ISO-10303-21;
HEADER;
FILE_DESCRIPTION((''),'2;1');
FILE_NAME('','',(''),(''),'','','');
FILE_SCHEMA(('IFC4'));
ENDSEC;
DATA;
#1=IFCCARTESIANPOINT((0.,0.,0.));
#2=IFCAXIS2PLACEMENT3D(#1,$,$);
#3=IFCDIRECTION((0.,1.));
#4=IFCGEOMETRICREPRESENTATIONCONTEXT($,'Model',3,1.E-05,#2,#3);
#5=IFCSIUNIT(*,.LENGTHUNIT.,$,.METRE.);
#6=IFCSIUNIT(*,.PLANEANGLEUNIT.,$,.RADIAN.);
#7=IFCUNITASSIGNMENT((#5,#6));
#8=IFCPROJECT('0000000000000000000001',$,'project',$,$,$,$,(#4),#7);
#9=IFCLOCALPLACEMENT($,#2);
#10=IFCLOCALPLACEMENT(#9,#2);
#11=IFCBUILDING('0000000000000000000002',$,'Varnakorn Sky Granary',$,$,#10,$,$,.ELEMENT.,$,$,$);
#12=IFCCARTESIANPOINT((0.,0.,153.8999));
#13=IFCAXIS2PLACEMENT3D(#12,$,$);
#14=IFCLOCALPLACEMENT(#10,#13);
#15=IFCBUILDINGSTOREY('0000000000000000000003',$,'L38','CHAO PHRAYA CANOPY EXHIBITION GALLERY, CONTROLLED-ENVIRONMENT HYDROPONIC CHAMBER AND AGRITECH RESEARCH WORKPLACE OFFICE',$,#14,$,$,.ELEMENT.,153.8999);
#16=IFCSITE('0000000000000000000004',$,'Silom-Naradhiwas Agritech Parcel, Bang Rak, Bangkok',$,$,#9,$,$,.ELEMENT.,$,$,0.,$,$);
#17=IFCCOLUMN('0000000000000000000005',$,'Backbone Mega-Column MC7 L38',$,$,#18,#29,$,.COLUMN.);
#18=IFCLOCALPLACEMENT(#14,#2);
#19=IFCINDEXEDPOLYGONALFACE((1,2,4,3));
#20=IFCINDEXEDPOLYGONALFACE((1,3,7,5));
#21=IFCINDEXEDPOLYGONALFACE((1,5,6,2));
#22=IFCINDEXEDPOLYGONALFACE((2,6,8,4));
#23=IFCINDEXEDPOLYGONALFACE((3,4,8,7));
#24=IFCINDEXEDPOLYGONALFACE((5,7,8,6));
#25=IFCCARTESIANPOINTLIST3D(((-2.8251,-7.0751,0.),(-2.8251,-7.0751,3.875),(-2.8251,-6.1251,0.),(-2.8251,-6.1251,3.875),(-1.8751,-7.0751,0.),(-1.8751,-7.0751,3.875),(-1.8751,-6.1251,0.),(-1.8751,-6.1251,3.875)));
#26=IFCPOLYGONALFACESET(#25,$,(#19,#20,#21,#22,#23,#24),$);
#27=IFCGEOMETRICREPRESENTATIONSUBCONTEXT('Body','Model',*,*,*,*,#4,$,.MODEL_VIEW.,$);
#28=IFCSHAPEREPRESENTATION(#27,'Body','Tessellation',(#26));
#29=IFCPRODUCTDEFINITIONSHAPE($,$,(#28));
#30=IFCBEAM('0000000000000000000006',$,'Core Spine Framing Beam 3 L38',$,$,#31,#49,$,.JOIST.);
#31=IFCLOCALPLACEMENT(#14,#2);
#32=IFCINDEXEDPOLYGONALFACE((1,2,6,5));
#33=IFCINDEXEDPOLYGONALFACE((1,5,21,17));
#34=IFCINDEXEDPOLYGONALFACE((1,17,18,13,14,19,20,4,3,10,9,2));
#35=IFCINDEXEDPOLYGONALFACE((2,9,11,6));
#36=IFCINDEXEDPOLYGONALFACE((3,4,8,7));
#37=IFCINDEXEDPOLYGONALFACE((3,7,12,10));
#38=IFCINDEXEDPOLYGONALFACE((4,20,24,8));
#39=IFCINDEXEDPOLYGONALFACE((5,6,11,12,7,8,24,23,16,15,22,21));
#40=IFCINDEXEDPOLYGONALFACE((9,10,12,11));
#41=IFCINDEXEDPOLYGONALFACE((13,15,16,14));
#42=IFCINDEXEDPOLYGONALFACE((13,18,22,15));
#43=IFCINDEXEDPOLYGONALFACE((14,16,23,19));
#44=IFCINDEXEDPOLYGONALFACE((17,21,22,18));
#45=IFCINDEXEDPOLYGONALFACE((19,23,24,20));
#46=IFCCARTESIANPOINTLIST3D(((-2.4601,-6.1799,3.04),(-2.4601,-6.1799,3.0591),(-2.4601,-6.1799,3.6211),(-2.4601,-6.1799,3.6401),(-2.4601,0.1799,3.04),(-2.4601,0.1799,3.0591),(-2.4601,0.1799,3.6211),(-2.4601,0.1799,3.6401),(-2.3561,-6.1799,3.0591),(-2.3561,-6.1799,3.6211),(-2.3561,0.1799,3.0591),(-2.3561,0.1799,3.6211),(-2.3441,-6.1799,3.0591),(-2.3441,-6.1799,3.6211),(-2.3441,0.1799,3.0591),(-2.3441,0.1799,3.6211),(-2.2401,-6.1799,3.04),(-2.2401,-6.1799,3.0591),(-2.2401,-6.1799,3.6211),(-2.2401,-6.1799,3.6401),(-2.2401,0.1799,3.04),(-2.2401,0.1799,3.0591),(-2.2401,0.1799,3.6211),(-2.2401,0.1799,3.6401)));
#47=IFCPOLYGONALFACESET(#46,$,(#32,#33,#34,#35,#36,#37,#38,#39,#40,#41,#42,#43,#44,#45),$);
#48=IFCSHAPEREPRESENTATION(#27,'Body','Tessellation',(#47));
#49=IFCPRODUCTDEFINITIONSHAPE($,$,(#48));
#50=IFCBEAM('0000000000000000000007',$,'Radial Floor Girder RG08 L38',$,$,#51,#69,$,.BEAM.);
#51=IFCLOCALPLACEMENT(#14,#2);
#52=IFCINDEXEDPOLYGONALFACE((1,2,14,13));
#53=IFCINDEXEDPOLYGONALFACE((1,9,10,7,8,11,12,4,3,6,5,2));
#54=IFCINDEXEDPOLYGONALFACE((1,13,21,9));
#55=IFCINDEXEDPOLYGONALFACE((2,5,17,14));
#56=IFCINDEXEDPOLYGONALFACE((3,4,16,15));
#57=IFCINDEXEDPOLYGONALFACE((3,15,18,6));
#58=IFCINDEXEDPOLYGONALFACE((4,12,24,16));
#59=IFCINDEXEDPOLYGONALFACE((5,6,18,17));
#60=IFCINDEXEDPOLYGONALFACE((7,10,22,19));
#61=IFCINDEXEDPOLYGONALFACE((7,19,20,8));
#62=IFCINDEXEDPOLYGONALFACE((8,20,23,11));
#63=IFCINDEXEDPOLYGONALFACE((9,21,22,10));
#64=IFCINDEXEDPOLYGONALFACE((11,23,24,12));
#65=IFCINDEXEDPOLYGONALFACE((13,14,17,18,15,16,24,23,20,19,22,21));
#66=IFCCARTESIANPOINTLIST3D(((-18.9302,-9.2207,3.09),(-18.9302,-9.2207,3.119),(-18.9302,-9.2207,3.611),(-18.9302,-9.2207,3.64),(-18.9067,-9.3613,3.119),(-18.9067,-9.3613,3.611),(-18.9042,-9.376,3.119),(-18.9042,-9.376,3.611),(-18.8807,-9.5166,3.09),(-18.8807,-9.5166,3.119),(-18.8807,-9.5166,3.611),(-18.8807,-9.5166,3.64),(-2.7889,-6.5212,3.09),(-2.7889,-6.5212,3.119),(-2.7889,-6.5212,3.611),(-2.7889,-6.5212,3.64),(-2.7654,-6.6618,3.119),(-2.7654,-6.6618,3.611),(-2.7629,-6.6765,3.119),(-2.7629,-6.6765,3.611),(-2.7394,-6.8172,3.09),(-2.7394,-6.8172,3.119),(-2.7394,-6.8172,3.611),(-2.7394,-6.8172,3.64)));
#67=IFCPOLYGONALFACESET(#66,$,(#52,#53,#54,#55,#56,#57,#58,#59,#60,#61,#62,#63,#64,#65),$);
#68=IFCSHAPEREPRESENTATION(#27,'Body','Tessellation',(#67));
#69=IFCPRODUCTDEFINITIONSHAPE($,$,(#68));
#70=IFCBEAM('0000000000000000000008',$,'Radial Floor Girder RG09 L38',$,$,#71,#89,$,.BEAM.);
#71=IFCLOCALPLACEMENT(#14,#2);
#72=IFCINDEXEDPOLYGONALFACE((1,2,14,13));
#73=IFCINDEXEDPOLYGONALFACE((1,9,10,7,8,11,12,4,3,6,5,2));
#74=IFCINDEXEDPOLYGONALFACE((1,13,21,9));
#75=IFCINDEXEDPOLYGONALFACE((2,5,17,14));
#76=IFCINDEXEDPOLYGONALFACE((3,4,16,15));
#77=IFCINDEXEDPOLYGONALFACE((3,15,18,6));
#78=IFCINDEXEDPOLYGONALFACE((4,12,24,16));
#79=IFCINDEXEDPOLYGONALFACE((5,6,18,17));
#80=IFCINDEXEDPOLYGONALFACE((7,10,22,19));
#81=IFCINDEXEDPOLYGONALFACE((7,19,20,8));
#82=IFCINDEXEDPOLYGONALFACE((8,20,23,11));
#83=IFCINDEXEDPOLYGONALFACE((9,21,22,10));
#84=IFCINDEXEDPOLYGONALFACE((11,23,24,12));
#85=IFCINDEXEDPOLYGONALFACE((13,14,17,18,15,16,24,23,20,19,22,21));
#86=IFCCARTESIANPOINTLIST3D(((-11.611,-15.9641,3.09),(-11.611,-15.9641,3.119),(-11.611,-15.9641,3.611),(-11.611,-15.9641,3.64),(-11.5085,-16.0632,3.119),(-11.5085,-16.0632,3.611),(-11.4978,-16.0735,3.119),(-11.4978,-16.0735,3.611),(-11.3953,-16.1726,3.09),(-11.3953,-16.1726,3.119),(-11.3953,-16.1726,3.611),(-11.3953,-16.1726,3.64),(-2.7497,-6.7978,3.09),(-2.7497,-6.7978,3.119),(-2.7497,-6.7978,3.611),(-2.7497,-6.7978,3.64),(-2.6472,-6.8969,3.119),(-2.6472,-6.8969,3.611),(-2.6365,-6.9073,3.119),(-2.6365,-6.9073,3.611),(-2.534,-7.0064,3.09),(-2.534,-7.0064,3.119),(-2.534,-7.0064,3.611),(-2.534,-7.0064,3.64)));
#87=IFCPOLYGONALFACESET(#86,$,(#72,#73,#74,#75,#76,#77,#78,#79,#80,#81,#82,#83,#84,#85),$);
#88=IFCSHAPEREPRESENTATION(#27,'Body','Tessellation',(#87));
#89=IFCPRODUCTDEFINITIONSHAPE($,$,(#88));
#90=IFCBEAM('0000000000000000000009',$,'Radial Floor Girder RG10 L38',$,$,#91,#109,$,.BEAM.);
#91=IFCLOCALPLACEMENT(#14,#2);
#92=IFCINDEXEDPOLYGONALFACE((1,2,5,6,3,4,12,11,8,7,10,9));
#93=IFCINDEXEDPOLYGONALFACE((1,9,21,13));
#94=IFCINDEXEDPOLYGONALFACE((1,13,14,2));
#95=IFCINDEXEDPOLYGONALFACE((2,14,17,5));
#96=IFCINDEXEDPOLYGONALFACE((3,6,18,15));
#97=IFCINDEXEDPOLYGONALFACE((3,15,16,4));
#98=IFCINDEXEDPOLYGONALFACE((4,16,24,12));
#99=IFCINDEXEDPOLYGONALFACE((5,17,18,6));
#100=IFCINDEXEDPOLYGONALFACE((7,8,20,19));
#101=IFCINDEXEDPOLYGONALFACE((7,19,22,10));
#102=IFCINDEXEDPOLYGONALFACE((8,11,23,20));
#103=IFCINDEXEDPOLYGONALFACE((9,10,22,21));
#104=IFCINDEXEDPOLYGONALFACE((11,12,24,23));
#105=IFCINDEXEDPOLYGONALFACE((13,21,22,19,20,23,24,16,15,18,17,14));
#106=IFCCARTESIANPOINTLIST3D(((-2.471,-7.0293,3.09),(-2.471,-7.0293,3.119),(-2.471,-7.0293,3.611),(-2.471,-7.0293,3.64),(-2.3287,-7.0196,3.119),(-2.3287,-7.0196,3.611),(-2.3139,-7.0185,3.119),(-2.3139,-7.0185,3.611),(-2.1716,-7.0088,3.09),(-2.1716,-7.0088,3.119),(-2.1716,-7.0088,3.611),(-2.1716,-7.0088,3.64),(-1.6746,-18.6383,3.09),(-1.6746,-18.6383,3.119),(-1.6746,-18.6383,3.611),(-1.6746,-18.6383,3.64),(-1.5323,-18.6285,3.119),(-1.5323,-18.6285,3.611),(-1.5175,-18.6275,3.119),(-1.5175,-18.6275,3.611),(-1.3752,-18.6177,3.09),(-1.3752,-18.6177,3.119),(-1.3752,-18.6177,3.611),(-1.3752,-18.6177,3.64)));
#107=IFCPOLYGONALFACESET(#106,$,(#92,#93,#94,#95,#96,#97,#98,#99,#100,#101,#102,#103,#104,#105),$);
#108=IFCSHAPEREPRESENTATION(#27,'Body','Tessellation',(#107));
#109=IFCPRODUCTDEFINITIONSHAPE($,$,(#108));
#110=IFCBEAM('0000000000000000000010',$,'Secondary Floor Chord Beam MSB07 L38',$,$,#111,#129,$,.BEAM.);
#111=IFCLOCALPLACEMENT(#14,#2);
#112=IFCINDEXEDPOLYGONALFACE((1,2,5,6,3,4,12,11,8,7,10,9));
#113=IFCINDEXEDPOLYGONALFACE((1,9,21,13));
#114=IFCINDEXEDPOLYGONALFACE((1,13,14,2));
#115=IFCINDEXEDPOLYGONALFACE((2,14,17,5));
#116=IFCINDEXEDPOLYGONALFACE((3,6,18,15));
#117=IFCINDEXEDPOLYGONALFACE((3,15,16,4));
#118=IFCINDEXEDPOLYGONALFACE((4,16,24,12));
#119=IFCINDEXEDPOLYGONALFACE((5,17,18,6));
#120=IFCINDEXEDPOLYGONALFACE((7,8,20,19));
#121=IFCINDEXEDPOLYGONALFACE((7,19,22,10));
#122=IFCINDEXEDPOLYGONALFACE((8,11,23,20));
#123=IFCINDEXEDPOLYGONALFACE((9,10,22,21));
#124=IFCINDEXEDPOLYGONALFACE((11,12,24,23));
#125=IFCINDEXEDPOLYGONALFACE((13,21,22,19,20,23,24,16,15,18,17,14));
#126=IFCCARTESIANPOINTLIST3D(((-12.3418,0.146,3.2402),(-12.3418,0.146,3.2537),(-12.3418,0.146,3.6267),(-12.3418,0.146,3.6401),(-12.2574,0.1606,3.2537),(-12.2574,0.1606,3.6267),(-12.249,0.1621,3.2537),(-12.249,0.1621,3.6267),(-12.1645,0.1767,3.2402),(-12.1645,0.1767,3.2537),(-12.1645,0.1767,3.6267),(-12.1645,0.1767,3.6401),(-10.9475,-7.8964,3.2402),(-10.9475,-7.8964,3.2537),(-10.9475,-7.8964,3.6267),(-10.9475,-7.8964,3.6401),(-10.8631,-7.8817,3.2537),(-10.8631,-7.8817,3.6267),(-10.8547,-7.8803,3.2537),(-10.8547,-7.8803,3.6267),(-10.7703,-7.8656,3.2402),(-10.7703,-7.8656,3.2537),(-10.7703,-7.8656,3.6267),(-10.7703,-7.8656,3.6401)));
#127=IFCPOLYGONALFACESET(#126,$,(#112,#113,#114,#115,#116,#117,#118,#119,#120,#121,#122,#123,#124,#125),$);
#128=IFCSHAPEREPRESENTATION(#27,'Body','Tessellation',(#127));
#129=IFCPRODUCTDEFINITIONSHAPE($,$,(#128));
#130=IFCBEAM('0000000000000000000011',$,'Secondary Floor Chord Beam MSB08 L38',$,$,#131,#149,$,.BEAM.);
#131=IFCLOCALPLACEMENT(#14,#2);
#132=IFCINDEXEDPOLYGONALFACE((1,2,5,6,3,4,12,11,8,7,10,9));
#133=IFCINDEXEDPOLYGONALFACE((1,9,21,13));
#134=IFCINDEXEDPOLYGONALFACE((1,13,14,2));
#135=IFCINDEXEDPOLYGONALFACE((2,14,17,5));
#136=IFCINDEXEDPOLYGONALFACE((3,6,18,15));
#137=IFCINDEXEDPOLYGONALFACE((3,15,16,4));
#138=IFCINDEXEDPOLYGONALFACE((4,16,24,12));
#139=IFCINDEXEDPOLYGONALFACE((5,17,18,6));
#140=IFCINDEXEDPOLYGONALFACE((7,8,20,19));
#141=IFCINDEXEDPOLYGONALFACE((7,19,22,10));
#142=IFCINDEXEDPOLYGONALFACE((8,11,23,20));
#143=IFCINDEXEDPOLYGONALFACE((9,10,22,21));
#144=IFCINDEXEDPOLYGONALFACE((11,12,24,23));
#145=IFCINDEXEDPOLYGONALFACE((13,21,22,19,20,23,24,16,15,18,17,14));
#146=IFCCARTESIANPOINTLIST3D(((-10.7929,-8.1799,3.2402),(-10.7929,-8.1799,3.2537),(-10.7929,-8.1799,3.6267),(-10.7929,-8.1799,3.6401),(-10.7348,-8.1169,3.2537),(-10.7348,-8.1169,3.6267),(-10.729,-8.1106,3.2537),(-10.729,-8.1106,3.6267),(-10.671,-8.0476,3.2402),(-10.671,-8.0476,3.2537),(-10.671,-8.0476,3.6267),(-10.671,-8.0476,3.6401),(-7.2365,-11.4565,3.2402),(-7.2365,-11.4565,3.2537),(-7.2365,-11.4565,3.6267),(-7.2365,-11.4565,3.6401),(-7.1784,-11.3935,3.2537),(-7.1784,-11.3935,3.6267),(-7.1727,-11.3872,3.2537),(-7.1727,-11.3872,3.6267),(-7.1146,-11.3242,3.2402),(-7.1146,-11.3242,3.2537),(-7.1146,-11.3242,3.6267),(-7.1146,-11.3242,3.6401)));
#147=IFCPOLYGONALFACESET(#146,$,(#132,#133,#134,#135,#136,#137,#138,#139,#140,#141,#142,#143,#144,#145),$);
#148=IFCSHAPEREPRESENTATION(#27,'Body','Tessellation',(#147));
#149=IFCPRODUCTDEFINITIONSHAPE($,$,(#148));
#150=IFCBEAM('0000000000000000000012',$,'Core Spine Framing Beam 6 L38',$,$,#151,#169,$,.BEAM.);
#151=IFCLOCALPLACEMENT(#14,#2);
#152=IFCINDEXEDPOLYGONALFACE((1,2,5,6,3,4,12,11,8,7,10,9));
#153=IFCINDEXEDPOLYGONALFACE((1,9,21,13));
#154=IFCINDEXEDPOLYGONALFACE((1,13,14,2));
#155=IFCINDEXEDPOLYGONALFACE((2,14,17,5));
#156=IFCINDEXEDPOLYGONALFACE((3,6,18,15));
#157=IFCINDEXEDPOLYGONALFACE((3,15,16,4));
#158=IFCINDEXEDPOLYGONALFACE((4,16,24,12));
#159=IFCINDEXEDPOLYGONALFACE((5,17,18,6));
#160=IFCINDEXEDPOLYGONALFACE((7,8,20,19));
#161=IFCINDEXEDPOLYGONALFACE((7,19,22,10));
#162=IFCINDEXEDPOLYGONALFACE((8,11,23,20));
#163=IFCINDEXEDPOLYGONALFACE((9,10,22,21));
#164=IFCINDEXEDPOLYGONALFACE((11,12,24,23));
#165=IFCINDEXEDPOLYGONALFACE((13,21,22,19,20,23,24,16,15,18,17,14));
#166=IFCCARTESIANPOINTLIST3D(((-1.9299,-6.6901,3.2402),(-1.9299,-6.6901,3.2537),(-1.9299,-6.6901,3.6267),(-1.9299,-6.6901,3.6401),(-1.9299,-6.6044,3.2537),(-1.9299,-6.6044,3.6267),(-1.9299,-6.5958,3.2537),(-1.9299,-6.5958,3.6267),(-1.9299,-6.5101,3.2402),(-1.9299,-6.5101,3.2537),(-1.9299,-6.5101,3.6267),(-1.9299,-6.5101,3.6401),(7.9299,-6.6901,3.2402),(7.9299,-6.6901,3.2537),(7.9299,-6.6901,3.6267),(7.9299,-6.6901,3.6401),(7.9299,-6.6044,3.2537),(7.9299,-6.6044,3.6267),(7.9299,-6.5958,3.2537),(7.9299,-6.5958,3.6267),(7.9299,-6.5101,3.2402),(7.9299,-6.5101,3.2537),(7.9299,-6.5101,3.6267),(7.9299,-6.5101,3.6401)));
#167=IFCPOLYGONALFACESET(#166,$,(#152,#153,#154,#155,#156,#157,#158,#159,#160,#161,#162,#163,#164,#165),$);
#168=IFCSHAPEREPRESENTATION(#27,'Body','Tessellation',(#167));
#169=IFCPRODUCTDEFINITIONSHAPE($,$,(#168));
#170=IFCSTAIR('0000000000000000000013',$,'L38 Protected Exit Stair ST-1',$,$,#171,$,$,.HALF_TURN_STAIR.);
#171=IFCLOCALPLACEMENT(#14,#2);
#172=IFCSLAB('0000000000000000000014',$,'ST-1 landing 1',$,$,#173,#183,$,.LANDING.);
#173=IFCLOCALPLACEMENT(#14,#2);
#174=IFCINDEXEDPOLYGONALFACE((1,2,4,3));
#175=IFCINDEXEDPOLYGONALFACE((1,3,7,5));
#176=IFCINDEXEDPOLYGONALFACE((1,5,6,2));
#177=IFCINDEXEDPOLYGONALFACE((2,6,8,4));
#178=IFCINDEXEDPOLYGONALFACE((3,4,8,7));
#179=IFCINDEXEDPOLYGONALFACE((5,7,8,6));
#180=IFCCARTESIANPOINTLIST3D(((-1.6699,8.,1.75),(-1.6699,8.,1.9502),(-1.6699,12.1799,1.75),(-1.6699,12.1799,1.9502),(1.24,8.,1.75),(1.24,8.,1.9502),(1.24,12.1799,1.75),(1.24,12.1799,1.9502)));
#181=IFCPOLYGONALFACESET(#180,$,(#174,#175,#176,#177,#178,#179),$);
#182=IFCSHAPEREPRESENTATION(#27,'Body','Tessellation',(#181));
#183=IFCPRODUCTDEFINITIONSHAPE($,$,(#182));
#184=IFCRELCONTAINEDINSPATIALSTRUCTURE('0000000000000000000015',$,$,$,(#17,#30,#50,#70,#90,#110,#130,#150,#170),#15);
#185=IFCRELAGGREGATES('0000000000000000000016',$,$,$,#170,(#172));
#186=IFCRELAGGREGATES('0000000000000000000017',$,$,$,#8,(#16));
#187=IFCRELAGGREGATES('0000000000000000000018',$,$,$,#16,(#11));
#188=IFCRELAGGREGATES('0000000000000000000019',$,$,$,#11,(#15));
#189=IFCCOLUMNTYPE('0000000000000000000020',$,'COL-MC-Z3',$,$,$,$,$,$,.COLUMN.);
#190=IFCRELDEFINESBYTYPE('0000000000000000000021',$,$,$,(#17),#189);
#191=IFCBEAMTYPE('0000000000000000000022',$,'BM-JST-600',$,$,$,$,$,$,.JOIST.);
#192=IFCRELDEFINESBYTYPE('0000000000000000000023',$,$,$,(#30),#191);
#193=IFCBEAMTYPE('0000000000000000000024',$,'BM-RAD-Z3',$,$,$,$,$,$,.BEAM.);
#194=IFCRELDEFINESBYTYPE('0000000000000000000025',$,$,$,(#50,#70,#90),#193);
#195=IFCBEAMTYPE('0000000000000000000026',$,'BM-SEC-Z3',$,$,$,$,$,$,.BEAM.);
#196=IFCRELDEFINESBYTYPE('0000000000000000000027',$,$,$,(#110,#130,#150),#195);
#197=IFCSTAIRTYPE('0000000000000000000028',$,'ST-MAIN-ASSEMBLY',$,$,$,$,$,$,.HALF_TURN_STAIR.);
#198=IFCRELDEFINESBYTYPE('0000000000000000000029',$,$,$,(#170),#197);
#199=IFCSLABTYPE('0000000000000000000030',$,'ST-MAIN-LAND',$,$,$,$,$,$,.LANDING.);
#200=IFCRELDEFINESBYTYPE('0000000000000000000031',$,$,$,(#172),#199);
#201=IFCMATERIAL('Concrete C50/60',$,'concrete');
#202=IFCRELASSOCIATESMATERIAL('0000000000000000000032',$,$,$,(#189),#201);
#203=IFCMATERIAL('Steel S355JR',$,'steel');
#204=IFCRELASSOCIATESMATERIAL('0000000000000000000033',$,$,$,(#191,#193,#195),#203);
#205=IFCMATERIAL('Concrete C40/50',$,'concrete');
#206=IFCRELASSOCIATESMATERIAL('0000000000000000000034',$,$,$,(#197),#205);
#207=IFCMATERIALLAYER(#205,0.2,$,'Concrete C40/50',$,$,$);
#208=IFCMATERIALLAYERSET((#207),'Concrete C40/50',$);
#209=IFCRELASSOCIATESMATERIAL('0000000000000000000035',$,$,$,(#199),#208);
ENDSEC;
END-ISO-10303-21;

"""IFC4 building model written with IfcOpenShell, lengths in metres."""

from ifc_helpers import new_model, si_unit, direction, frame, origin, origin_2d, place, context, subcontext, project, spatial, polyline, rectangle, i_section, outline, extrude, material, layer, layer_set, material_profile, profile_set, type_object, element, aggregate, save


model = new_model("IFC4")

# Units and contexts
model_context = context("Model", 3, precision=1e-05, world=origin(), true_north=direction((0.0, 1.0)))
body_context = subcontext(model_context, "Body", "Model", "MODEL_VIEW")
ifc_project = project(units=[si_unit("LENGTHUNIT", "METRE"), si_unit("PLANEANGLEUNIT", "RADIAN")], contexts=[model_context])

# Site, building, storey
site_placement = place(None, origin())
site = spatial("IfcSite", under=ifc_project, at=site_placement, Name="Silom-Naradhiwas Agritech Parcel, Bang Rak, Bangkok", CompositionType="ELEMENT", RefElevation=0.0)
building_placement = place(site_placement, origin())
building = spatial("IfcBuilding", under=site, at=building_placement, Name="Varnakorn Sky Granary", CompositionType="ELEMENT")
storey_placement = place(building_placement, frame((0.0, 0.0, 153.8999)))
storey = spatial("IfcBuildingStorey", under=building, at=storey_placement, Name="L38", Description="CHAO PHRAYA CANOPY EXHIBITION GALLERY, CONTROLLED-ENVIRONMENT HYDROPONIC CHAMBER AND AGRITECH RESEARCH WORKPLACE OFFICE", CompositionType="ELEMENT", Elevation=153.8999)

# Column
ifc_material_1 = material(Name="Concrete C50/60", Category="concrete")
ifc_material_profile_1 = material_profile(ifc_material_1, rectangle(XDim=0.95, YDim=0.95, at=origin_2d()), Name="RC 950x950")
ifc_profile_set_1 = profile_set([ifc_material_profile_1], Name="Concrete C50/60")
column_type = type_object("IfcColumnType", Name="COL-MC-Z3", PredefinedType="COLUMN", material=ifc_profile_set_1)
column_placement = place(storey_placement, frame((-2.3501, -6.6001, 0.0), z_axis=(0.0, 0.0, 1.0), x_axis=(1.0, 0.0, 0.0)))
element("IfcColumn", 1, at=column_placement, inside=storey, type_object=column_type, Name="Backbone Mega-Column MC7 L38", PredefinedType="COLUMN", context=body_context, shape_type="SweptSolid", body=[
    extrude(rectangle(XDim=0.95, YDim=0.95, at=origin_2d()), origin(), (0.0, 0.0, 1.0), 3.875),
])

# Beams
ifc_material_2 = material(Name="Steel S355JR", Category="steel")
ifc_material_profile_2 = material_profile(ifc_material_2, i_section(OverallWidth=0.22, OverallDepth=0.6001, WebThickness=0.012, FlangeThickness=0.019, at=origin_2d()), Name="IPE 600")
ifc_profile_set_2 = profile_set([ifc_material_profile_2], Name="Steel S355JR")
beam_type_1 = type_object("IfcBeamType", Name="BM-JST-600", PredefinedType="JOIST", material=ifc_profile_set_2)
beam_1_placement = place(storey_placement, frame((-2.3501, 0.1799, 3.3401), z_axis=(0.0, -1.0, 0.0), x_axis=(1.0, 0.0, 0.0)))
element("IfcBeam", 2, at=beam_1_placement, inside=storey, type_object=beam_type_1, Name="Core Spine Framing Beam 3 L38", PredefinedType="JOIST", context=body_context, shape_type="SweptSolid", body=[
    extrude(i_section(OverallWidth=0.22, OverallDepth=0.6001, WebThickness=0.012, FlangeThickness=0.019, at=origin_2d()), origin(), (0.0, 0.0, 1.0), 6.3599),
])
ifc_material_profile_3 = material_profile(ifc_material_2, i_section(OverallWidth=0.3, OverallDepth=0.55, WebThickness=0.0149, FlangeThickness=0.0291, at=origin_2d()), Name="HE 550 B")
ifc_profile_set_3 = profile_set([ifc_material_profile_3], Name="Steel S355JR")
beam_type_2 = type_object("IfcBeamType", Name="BM-RAD-Z3", PredefinedType="BEAM", material=ifc_profile_set_3)
beam_2_placement = place(storey_placement, frame((-2.7642, -6.6692, 3.365), z_axis=(-0.986302, -0.164948, 0.0), x_axis=(0.164948, -0.986302, 0.0)))
element("IfcBeam", 3, at=beam_2_placement, inside=storey, type_object=beam_type_2, Name="Radial Floor Girder RG08 L38", PredefinedType="BEAM", context=body_context, shape_type="SweptSolid", body=[
    extrude(i_section(OverallWidth=0.3, OverallDepth=0.55, WebThickness=0.0149, FlangeThickness=0.0291, at=origin_2d()), origin(), (0.0, 0.0, 1.0), 16.3655),
])
beam_3_placement = place(storey_placement, frame((-2.6418, -6.9021, 3.365), z_axis=(-0.695047, -0.718964, 0.0), x_axis=(0.718964, -0.695047, 0.0)))
element("IfcBeam", 4, at=beam_3_placement, inside=storey, type_object=beam_type_2, Name="Radial Floor Girder RG09 L38", PredefinedType="BEAM", context=body_context, shape_type="SweptSolid", body=[
    extrude(i_section(OverallWidth=0.3, OverallDepth=0.55, WebThickness=0.0149, FlangeThickness=0.0291, at=origin_2d()), origin(), (0.0, 0.0, 1.0), 12.7493),
])
beam_4_placement = place(storey_placement, frame((-2.3213, -7.019, 3.365), z_axis=(0.068441, -0.997655, 0.0), x_axis=(0.997655, 0.068441, 0.0)))
element("IfcBeam", 5, at=beam_4_placement, inside=storey, type_object=beam_type_2, Name="Radial Floor Girder RG10 L38", PredefinedType="BEAM", context=body_context, shape_type="SweptSolid", body=[
    extrude(i_section(OverallWidth=0.3, OverallDepth=0.55, WebThickness=0.0149, FlangeThickness=0.0291, at=origin_2d()), origin(), (0.0, 0.0, 1.0), 11.6362),
])
ifc_material_profile_4 = material_profile(ifc_material_2, i_section(OverallWidth=0.1799, OverallDepth=0.3999, WebThickness=0.0085, FlangeThickness=0.0134, at=origin_2d()), Name="IPE 400")
ifc_profile_set_4 = profile_set([ifc_material_profile_4], Name="Steel S355JR")
beam_type_3 = type_object("IfcBeamType", Name="BM-SEC-Z3", PredefinedType="BEAM", material=ifc_profile_set_4)
beam_5_placement = place(storey_placement, frame((-12.2532, 0.1614, 3.4402), z_axis=(0.170817, -0.985303, 0.0), x_axis=(0.985303, 0.170817, 0.0)))
element("IfcBeam", 6, at=beam_5_placement, inside=storey, type_object=beam_type_3, Name="Secondary Floor Chord Beam MSB07 L38", PredefinedType="BEAM", context=body_context, shape_type="SweptSolid", body=[
    extrude(i_section(OverallWidth=0.1799, OverallDepth=0.3999, WebThickness=0.0085, FlangeThickness=0.0134, at=origin_2d()), origin(), (0.0, 0.0, 1.0), 8.1624),
])
beam_6_placement = place(storey_placement, frame((-10.7319, -8.1138, 3.4402), z_axis=(0.735444, -0.677586, 0.0), x_axis=(0.677586, 0.735444, 0.0)))
element("IfcBeam", 7, at=beam_6_placement, inside=storey, type_object=beam_type_3, Name="Secondary Floor Chord Beam MSB08 L38", PredefinedType="BEAM", context=body_context, shape_type="SweptSolid", body=[
    extrude(i_section(OverallWidth=0.1799, OverallDepth=0.3999, WebThickness=0.0085, FlangeThickness=0.0134, at=origin_2d()), origin(), (0.0, 0.0, 1.0), 4.8357),
])
beam_7_placement = place(storey_placement, frame((-1.9299, -6.6001, 3.4402), z_axis=(1.0, 0.0, 0.0), x_axis=(0.0, 1.0, 0.0)))
element("IfcBeam", 8, at=beam_7_placement, inside=storey, type_object=beam_type_3, Name="Core Spine Framing Beam 6 L38", PredefinedType="BEAM", context=body_context, shape_type="SweptSolid", body=[
    extrude(i_section(OverallWidth=0.1799, OverallDepth=0.3999, WebThickness=0.0085, FlangeThickness=0.0134, at=origin_2d()), origin(), (0.0, 0.0, 1.0), 9.8599),
])

# Stair, slab
ifc_material_3 = material(Name="Concrete C40/50", Category="concrete")
stair_type = type_object("IfcStairType", Name="ST-MAIN-ASSEMBLY", PredefinedType="HALF_TURN_STAIR", material=ifc_material_3)
stair_1_placement = place(storey_placement, origin())
stair_1 = element("IfcStair", 9, at=stair_1_placement, inside=storey, type_object=stair_type, Name="L38 Protected Exit Stair ST-1", PredefinedType="HALF_TURN_STAIR")
ifc_layer_1 = layer(ifc_material_3, 0.2, Name="Concrete C40/50")
ifc_layer_set_1 = layer_set([ifc_layer_1], Name="Concrete C40/50")
slab_type_1 = type_object("IfcSlabType", Name="ST-MAIN-LAND", PredefinedType="LANDING", material=ifc_layer_set_1)
slab_1_placement = place(storey_placement, frame((0.0, 0.0, 1.75)))
slab_1 = element("IfcSlab", 10, at=slab_1_placement, type_object=slab_type_1, Name="ST-1 landing 1", PredefinedType="LANDING", context=body_context, shape_type="SweptSolid", body=[
    extrude(outline(polyline([(1.24, 8.0), (1.24, 12.1799), (-1.6699, 12.1799), (-1.6699, 8.0), (1.24, 8.0)])), origin(), (0.0, 0.0, 1.0), 0.2002),
])
aggregate(stair_1, [slab_1])

save(model, "model.ifc")
